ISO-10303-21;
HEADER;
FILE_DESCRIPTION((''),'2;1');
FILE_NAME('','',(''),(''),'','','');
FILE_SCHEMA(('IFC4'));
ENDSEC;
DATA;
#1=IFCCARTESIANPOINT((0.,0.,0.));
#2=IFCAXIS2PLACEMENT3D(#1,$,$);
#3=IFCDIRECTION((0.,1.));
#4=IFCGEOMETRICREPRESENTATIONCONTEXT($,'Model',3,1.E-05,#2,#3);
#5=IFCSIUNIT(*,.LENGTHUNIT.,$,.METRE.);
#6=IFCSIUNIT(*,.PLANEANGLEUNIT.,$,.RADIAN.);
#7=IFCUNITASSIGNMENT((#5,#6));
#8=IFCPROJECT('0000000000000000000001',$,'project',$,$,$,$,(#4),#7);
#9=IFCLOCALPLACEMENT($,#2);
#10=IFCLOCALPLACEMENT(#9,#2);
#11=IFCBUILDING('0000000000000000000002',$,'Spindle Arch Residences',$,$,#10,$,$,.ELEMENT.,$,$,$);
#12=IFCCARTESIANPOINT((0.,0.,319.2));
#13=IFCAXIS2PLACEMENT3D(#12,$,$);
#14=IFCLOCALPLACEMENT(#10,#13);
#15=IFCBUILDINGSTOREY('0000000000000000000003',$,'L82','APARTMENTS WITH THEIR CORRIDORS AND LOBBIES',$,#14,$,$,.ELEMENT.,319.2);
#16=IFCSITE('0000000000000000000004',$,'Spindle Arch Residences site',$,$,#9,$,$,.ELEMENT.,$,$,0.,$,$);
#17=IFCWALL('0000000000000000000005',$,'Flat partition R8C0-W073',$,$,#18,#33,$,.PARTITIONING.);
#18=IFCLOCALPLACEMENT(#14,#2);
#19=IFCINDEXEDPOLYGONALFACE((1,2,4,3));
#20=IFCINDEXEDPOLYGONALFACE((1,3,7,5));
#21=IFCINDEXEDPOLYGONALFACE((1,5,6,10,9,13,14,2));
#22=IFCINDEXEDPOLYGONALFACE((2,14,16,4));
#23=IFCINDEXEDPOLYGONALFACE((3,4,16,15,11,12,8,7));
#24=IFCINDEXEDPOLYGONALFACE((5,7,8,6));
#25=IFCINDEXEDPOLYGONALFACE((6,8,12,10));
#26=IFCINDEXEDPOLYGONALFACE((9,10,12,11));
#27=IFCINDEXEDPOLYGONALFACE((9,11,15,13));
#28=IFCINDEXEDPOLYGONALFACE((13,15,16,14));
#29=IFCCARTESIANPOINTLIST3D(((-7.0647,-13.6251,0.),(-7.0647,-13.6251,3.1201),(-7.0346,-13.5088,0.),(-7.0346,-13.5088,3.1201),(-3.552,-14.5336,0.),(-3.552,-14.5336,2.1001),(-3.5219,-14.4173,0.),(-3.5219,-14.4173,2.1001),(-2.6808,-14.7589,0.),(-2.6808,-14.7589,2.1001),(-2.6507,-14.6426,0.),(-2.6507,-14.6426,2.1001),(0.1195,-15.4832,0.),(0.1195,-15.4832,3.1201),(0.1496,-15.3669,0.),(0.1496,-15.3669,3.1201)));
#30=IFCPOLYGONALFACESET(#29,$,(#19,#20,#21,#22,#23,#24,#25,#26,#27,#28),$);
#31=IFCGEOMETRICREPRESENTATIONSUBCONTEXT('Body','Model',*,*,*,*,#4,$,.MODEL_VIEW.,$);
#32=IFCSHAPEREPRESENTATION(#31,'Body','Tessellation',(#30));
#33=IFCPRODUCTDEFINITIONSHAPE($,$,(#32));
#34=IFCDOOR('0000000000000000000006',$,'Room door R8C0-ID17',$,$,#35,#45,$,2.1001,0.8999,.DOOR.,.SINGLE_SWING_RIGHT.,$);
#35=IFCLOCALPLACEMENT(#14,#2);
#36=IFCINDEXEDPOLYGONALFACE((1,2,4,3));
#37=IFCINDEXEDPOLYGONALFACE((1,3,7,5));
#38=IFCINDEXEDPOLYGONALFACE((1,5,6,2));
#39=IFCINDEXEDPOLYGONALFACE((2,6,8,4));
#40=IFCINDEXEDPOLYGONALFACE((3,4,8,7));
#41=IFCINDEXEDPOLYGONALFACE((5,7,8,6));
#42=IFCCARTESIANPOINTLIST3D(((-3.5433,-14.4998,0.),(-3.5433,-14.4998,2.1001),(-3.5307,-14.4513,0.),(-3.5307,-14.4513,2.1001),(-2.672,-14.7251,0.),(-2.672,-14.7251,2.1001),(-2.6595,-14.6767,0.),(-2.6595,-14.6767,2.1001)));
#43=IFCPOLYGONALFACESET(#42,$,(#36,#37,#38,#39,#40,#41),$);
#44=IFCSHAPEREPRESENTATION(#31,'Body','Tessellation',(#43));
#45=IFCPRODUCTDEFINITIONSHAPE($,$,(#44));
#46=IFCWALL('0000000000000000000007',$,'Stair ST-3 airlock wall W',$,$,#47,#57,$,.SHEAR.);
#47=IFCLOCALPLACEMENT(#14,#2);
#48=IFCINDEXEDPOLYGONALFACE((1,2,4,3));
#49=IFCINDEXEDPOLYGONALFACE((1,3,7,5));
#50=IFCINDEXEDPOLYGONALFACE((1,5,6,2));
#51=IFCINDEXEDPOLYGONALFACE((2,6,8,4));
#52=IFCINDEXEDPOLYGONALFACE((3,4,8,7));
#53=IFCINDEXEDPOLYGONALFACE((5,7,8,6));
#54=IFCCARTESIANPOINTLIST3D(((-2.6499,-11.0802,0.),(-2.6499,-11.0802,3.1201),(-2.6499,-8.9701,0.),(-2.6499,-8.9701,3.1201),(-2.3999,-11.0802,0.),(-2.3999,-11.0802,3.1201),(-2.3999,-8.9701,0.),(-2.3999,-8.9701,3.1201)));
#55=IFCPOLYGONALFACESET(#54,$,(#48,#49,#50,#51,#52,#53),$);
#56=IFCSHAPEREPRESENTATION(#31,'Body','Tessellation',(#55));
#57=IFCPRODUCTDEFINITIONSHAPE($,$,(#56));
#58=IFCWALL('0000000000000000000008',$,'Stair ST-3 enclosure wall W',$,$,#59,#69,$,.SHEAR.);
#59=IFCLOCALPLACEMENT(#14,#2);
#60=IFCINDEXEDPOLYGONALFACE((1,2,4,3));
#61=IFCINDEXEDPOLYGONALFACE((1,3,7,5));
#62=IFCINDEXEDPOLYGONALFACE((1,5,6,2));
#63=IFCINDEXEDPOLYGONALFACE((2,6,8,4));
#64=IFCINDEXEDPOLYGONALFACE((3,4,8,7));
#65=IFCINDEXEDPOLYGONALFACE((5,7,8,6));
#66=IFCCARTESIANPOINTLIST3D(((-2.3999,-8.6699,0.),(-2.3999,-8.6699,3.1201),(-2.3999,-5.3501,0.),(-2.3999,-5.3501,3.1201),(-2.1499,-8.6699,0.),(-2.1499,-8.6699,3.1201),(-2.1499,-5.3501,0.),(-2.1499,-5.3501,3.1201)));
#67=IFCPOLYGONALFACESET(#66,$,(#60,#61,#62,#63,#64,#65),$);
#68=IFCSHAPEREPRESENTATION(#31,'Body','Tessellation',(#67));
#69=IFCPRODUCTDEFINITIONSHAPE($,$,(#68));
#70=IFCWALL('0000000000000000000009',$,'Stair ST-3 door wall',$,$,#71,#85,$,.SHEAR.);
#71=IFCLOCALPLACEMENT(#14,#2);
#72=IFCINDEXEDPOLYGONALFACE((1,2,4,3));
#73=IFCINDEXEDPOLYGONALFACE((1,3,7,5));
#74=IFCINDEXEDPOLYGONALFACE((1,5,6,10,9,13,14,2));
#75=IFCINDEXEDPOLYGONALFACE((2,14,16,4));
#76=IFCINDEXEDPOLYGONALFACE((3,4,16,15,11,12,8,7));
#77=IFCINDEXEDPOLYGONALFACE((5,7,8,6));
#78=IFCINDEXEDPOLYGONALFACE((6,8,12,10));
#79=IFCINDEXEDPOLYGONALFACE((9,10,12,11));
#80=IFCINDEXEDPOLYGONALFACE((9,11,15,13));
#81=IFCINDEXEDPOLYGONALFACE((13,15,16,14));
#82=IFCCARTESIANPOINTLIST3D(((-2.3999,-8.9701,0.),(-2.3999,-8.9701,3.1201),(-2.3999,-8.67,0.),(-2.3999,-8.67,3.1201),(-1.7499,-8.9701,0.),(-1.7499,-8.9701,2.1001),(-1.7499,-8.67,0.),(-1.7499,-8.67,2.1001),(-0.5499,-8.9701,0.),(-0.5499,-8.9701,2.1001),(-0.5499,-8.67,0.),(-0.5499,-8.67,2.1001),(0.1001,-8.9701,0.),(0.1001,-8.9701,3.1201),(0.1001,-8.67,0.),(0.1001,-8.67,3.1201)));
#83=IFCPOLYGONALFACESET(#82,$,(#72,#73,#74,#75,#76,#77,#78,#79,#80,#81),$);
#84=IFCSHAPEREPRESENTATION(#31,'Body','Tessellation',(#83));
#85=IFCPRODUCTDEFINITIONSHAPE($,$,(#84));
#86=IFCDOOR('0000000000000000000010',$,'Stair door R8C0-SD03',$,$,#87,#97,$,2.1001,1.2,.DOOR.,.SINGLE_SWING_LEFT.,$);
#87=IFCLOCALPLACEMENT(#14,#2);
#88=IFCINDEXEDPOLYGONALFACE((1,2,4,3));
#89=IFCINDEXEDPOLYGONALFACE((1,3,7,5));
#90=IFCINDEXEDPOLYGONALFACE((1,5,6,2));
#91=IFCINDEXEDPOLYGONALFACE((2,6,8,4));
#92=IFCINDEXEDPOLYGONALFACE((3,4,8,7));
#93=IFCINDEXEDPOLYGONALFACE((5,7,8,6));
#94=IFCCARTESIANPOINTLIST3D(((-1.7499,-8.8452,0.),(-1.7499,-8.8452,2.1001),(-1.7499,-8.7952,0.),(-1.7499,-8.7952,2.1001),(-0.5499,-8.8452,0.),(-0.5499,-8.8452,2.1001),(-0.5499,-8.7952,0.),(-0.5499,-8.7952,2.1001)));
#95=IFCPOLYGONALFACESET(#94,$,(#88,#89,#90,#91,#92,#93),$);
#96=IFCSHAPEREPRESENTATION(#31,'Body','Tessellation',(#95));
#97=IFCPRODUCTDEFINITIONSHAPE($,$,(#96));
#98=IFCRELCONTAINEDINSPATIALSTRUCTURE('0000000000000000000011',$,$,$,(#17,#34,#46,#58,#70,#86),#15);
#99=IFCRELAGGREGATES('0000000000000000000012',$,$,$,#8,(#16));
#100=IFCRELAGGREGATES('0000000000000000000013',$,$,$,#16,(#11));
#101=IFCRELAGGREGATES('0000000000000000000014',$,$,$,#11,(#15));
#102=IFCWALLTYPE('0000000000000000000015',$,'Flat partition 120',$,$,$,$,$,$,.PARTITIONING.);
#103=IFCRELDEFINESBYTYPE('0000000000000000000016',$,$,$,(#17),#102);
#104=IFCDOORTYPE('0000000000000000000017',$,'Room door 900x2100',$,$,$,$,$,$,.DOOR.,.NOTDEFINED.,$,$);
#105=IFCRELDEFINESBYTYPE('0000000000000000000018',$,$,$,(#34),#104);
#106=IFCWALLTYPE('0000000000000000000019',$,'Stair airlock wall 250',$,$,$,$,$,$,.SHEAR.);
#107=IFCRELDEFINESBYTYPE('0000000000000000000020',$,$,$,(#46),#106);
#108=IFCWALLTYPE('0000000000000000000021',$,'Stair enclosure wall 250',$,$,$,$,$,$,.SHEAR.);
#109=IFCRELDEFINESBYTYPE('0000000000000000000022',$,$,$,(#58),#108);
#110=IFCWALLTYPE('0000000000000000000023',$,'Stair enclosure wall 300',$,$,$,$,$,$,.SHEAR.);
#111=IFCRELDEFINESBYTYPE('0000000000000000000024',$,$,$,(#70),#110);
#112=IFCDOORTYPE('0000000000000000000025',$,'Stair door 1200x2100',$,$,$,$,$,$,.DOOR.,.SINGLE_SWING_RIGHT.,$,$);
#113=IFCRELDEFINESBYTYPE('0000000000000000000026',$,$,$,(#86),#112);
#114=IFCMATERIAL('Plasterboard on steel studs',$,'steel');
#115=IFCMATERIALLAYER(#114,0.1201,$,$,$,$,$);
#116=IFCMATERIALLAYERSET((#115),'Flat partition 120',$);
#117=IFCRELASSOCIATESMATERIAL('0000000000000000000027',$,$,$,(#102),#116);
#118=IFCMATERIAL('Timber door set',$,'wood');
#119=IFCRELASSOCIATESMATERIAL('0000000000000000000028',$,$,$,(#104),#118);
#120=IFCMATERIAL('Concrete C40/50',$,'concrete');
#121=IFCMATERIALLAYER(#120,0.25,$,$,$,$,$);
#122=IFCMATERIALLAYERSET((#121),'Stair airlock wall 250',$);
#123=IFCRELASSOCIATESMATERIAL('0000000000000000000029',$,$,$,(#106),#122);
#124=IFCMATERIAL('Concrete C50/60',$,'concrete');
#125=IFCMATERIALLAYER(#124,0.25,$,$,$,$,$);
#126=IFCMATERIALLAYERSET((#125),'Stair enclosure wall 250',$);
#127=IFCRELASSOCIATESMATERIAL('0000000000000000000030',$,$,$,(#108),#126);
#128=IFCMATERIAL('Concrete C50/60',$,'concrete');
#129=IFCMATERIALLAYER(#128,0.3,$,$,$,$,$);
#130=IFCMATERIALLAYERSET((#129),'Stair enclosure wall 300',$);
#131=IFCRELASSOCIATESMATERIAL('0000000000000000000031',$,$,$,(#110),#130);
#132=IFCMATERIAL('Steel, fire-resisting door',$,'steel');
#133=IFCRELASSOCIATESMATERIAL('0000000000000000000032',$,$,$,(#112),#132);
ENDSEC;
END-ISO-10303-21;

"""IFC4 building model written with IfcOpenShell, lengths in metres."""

from ifc_helpers import new_model, si_unit, direction, frame, frame_2d, origin, place, context, subcontext, project, spatial, rectangle, extrude, material, layer, layer_set, type_object, element, fill, save


model = new_model("IFC4")

# Units and contexts
model_context = context("Model", 3, precision=1e-05, world=origin(), true_north=direction((0.0, 1.0)))
body_context = subcontext(model_context, "Body", "Model", "MODEL_VIEW")
ifc_project = project(units=[si_unit("LENGTHUNIT", "METRE"), si_unit("PLANEANGLEUNIT", "RADIAN")], contexts=[model_context])

# Site, building, storey
site_placement = place(None, origin())
site = spatial("IfcSite", under=ifc_project, at=site_placement, Name="Spindle Arch Residences site", CompositionType="ELEMENT", RefElevation=0.0)
building_placement = place(site_placement, origin())
building = spatial("IfcBuilding", under=site, at=building_placement, Name="Spindle Arch Residences", CompositionType="ELEMENT")
storey_placement = place(building_placement, frame((0.0, 0.0, 319.2)))
storey = spatial("IfcBuildingStorey", under=building, at=storey_placement, Name="L82", Description="APARTMENTS WITH THEIR CORRIDORS AND LOBBIES", CompositionType="ELEMENT", Elevation=319.2)

# Shared definitions
ifc_material_1 = material(Name="Plasterboard on steel studs", Category="steel")
ifc_layer_1 = layer(ifc_material_1, 0.1201)
ifc_layer_set_1 = layer_set([ifc_layer_1], Name="Flat partition 120")
wall_type_1 = type_object("IfcWallType", Name="Flat partition 120", PredefinedType="PARTITIONING", material=ifc_layer_set_1)

# Wall, opening, door
wall_1_placement = place(storey_placement, frame((-7.0498, -13.5669, 0.0), z_axis=(0.0, 0.0, 1.0), x_axis=(0.968142, -0.2504, 0.0)))
wall_1 = element("IfcWall", 1, at=wall_1_placement, inside=storey, type_object=wall_type_1, Name="Flat partition R8C0-W073", PredefinedType="PARTITIONING", context=body_context, shape_type="SweptSolid", body=[
    extrude(rectangle(XDim=7.4207, YDim=0.1201, at=frame_2d((3.7104, 0.0))), origin(), (0.0, 0.0, 1.0), 3.1201),
])
opening_1_placement = place(wall_1_placement, frame((3.6284, 0.0, 0.0)))
opening_1 = element("IfcOpeningElement", 2, at=opening_1_placement, cuts=wall_1, PredefinedType="OPENING", context=body_context, shape_type="SweptSolid", body=[
    extrude(rectangle(XDim=0.8999, YDim=2.1001, at=frame_2d((0.45, 1.05))), frame((0.0, 0.0701, 0.0), z_axis=(0.0, -1.0, 0.0), x_axis=(1.0, 0.0, 0.0)), (0.0, 0.0, 1.0), 0.1401),
])
ifc_material_2 = material(Name="Timber door set", Category="wood")
door_type_1 = type_object("IfcDoorType", Name="Room door 900x2100", OperationType="NOTDEFINED", PredefinedType="DOOR", material=ifc_material_2)
door_1_placement = place(opening_1_placement, origin())
door_1 = element("IfcDoor", 3, at=door_1_placement, inside=storey, type_object=door_type_1, Name="Room door R8C0-ID17", OperationType="SINGLE_SWING_RIGHT", OverallHeight=2.1001, OverallWidth=0.8999, PredefinedType="DOOR", context=body_context, shape_type="SweptSolid", body=[
    extrude(rectangle(XDim=0.8999, YDim=2.1001, at=frame_2d((0.45, 1.05))), frame((0.0, 0.0249, 0.0), z_axis=(0.0, -1.0, 0.0), x_axis=(1.0, 0.0, 0.0)), (0.0, 0.0, 1.0), 0.05),
])
fill(opening_1, door_1)

# Walls
ifc_material_3 = material(Name="Concrete C40/50", Category="concrete")
ifc_layer_2 = layer(ifc_material_3, 0.25)
ifc_layer_set_2 = layer_set([ifc_layer_2], Name="Stair airlock wall 250")
wall_type_2 = type_object("IfcWallType", Name="Stair airlock wall 250", PredefinedType="SHEAR", material=ifc_layer_set_2)
wall_2_placement = place(storey_placement, frame((-2.5249, -8.97, 0.0), z_axis=(0.0, 0.0, 1.0), x_axis=(0.0, -1.0, 0.0)))
element("IfcWall", 4, at=wall_2_placement, inside=storey, type_object=wall_type_2, Name="Stair ST-3 airlock wall W", PredefinedType="SHEAR", context=body_context, shape_type="SweptSolid", body=[
    extrude(rectangle(XDim=2.1101, YDim=0.25, at=frame_2d((1.0552, 0.0))), origin(), (0.0, 0.0, 1.0), 3.1201),
])
ifc_material_4 = material(Name="Concrete C50/60", Category="concrete")
ifc_layer_3 = layer(ifc_material_4, 0.25)
ifc_layer_set_3 = layer_set([ifc_layer_3], Name="Stair enclosure wall 250")
wall_type_3 = type_object("IfcWallType", Name="Stair enclosure wall 250", PredefinedType="SHEAR", material=ifc_layer_set_3)
wall_3_placement = place(storey_placement, frame((-2.2749, -8.6699, 0.0), z_axis=(0.0, 0.0, 1.0), x_axis=(0.0, 1.0, 0.0)))
element("IfcWall", 5, at=wall_3_placement, inside=storey, type_object=wall_type_3, Name="Stair ST-3 enclosure wall W", PredefinedType="SHEAR", context=body_context, shape_type="SweptSolid", body=[
    extrude(rectangle(XDim=3.3198, YDim=0.25, at=frame_2d((1.6599, 0.0))), origin(), (0.0, 0.0, 1.0), 3.1201),
])

# Wall, opening, door
ifc_material_5 = material(Name="Concrete C50/60", Category="concrete")
ifc_layer_4 = layer(ifc_material_5, 0.3)
ifc_layer_set_4 = layer_set([ifc_layer_4], Name="Stair enclosure wall 300")
wall_type_4 = type_object("IfcWallType", Name="Stair enclosure wall 300", PredefinedType="SHEAR", material=ifc_layer_set_4)
wall_4_placement = place(storey_placement, frame((-2.3999, -8.8201, 0.0), z_axis=(0.0, 0.0, 1.0), x_axis=(1.0, 0.0, 0.0)))
wall_4 = element("IfcWall", 6, at=wall_4_placement, inside=storey, type_object=wall_type_4, Name="Stair ST-3 door wall", PredefinedType="SHEAR", context=body_context, shape_type="SweptSolid", body=[
    extrude(rectangle(XDim=2.5, YDim=0.3, at=frame_2d((1.25, 0.0))), origin(), (0.0, 0.0, 1.0), 3.1201),
])
opening_2_placement = place(wall_4_placement, frame((0.6499, 0.0, 0.0)))
opening_2 = element("IfcOpeningElement", 7, at=opening_2_placement, cuts=wall_4, PredefinedType="OPENING", context=body_context, shape_type="SweptSolid", body=[
    extrude(rectangle(XDim=1.2, YDim=2.1001, at=frame_2d((0.6001, 1.05))), frame((0.0, 0.1602, 0.0), z_axis=(0.0, -1.0, 0.0), x_axis=(1.0, 0.0, 0.0)), (0.0, 0.0, 1.0), 0.3201),
])
ifc_material_6 = material(Name="Steel, fire-resisting door", Category="steel")
door_type_2 = type_object("IfcDoorType", Name="Stair door 1200x2100", OperationType="SINGLE_SWING_RIGHT", PredefinedType="DOOR", material=ifc_material_6)
door_2_placement = place(opening_2_placement, origin())
door_2 = element("IfcDoor", 8, at=door_2_placement, inside=storey, type_object=door_type_2, Name="Stair door R8C0-SD03", OperationType="SINGLE_SWING_LEFT", OverallHeight=2.1001, OverallWidth=1.2, PredefinedType="DOOR", context=body_context, shape_type="SweptSolid", body=[
    extrude(rectangle(XDim=1.2, YDim=2.1001, at=frame_2d((0.6001, 1.05))), frame((0.0, 0.0249, 0.0), z_axis=(0.0, -1.0, 0.0), x_axis=(1.0, 0.0, 0.0)), (0.0, 0.0, 1.0), 0.05),
])
fill(opening_2, door_2)

save(model, "model.ifc")
